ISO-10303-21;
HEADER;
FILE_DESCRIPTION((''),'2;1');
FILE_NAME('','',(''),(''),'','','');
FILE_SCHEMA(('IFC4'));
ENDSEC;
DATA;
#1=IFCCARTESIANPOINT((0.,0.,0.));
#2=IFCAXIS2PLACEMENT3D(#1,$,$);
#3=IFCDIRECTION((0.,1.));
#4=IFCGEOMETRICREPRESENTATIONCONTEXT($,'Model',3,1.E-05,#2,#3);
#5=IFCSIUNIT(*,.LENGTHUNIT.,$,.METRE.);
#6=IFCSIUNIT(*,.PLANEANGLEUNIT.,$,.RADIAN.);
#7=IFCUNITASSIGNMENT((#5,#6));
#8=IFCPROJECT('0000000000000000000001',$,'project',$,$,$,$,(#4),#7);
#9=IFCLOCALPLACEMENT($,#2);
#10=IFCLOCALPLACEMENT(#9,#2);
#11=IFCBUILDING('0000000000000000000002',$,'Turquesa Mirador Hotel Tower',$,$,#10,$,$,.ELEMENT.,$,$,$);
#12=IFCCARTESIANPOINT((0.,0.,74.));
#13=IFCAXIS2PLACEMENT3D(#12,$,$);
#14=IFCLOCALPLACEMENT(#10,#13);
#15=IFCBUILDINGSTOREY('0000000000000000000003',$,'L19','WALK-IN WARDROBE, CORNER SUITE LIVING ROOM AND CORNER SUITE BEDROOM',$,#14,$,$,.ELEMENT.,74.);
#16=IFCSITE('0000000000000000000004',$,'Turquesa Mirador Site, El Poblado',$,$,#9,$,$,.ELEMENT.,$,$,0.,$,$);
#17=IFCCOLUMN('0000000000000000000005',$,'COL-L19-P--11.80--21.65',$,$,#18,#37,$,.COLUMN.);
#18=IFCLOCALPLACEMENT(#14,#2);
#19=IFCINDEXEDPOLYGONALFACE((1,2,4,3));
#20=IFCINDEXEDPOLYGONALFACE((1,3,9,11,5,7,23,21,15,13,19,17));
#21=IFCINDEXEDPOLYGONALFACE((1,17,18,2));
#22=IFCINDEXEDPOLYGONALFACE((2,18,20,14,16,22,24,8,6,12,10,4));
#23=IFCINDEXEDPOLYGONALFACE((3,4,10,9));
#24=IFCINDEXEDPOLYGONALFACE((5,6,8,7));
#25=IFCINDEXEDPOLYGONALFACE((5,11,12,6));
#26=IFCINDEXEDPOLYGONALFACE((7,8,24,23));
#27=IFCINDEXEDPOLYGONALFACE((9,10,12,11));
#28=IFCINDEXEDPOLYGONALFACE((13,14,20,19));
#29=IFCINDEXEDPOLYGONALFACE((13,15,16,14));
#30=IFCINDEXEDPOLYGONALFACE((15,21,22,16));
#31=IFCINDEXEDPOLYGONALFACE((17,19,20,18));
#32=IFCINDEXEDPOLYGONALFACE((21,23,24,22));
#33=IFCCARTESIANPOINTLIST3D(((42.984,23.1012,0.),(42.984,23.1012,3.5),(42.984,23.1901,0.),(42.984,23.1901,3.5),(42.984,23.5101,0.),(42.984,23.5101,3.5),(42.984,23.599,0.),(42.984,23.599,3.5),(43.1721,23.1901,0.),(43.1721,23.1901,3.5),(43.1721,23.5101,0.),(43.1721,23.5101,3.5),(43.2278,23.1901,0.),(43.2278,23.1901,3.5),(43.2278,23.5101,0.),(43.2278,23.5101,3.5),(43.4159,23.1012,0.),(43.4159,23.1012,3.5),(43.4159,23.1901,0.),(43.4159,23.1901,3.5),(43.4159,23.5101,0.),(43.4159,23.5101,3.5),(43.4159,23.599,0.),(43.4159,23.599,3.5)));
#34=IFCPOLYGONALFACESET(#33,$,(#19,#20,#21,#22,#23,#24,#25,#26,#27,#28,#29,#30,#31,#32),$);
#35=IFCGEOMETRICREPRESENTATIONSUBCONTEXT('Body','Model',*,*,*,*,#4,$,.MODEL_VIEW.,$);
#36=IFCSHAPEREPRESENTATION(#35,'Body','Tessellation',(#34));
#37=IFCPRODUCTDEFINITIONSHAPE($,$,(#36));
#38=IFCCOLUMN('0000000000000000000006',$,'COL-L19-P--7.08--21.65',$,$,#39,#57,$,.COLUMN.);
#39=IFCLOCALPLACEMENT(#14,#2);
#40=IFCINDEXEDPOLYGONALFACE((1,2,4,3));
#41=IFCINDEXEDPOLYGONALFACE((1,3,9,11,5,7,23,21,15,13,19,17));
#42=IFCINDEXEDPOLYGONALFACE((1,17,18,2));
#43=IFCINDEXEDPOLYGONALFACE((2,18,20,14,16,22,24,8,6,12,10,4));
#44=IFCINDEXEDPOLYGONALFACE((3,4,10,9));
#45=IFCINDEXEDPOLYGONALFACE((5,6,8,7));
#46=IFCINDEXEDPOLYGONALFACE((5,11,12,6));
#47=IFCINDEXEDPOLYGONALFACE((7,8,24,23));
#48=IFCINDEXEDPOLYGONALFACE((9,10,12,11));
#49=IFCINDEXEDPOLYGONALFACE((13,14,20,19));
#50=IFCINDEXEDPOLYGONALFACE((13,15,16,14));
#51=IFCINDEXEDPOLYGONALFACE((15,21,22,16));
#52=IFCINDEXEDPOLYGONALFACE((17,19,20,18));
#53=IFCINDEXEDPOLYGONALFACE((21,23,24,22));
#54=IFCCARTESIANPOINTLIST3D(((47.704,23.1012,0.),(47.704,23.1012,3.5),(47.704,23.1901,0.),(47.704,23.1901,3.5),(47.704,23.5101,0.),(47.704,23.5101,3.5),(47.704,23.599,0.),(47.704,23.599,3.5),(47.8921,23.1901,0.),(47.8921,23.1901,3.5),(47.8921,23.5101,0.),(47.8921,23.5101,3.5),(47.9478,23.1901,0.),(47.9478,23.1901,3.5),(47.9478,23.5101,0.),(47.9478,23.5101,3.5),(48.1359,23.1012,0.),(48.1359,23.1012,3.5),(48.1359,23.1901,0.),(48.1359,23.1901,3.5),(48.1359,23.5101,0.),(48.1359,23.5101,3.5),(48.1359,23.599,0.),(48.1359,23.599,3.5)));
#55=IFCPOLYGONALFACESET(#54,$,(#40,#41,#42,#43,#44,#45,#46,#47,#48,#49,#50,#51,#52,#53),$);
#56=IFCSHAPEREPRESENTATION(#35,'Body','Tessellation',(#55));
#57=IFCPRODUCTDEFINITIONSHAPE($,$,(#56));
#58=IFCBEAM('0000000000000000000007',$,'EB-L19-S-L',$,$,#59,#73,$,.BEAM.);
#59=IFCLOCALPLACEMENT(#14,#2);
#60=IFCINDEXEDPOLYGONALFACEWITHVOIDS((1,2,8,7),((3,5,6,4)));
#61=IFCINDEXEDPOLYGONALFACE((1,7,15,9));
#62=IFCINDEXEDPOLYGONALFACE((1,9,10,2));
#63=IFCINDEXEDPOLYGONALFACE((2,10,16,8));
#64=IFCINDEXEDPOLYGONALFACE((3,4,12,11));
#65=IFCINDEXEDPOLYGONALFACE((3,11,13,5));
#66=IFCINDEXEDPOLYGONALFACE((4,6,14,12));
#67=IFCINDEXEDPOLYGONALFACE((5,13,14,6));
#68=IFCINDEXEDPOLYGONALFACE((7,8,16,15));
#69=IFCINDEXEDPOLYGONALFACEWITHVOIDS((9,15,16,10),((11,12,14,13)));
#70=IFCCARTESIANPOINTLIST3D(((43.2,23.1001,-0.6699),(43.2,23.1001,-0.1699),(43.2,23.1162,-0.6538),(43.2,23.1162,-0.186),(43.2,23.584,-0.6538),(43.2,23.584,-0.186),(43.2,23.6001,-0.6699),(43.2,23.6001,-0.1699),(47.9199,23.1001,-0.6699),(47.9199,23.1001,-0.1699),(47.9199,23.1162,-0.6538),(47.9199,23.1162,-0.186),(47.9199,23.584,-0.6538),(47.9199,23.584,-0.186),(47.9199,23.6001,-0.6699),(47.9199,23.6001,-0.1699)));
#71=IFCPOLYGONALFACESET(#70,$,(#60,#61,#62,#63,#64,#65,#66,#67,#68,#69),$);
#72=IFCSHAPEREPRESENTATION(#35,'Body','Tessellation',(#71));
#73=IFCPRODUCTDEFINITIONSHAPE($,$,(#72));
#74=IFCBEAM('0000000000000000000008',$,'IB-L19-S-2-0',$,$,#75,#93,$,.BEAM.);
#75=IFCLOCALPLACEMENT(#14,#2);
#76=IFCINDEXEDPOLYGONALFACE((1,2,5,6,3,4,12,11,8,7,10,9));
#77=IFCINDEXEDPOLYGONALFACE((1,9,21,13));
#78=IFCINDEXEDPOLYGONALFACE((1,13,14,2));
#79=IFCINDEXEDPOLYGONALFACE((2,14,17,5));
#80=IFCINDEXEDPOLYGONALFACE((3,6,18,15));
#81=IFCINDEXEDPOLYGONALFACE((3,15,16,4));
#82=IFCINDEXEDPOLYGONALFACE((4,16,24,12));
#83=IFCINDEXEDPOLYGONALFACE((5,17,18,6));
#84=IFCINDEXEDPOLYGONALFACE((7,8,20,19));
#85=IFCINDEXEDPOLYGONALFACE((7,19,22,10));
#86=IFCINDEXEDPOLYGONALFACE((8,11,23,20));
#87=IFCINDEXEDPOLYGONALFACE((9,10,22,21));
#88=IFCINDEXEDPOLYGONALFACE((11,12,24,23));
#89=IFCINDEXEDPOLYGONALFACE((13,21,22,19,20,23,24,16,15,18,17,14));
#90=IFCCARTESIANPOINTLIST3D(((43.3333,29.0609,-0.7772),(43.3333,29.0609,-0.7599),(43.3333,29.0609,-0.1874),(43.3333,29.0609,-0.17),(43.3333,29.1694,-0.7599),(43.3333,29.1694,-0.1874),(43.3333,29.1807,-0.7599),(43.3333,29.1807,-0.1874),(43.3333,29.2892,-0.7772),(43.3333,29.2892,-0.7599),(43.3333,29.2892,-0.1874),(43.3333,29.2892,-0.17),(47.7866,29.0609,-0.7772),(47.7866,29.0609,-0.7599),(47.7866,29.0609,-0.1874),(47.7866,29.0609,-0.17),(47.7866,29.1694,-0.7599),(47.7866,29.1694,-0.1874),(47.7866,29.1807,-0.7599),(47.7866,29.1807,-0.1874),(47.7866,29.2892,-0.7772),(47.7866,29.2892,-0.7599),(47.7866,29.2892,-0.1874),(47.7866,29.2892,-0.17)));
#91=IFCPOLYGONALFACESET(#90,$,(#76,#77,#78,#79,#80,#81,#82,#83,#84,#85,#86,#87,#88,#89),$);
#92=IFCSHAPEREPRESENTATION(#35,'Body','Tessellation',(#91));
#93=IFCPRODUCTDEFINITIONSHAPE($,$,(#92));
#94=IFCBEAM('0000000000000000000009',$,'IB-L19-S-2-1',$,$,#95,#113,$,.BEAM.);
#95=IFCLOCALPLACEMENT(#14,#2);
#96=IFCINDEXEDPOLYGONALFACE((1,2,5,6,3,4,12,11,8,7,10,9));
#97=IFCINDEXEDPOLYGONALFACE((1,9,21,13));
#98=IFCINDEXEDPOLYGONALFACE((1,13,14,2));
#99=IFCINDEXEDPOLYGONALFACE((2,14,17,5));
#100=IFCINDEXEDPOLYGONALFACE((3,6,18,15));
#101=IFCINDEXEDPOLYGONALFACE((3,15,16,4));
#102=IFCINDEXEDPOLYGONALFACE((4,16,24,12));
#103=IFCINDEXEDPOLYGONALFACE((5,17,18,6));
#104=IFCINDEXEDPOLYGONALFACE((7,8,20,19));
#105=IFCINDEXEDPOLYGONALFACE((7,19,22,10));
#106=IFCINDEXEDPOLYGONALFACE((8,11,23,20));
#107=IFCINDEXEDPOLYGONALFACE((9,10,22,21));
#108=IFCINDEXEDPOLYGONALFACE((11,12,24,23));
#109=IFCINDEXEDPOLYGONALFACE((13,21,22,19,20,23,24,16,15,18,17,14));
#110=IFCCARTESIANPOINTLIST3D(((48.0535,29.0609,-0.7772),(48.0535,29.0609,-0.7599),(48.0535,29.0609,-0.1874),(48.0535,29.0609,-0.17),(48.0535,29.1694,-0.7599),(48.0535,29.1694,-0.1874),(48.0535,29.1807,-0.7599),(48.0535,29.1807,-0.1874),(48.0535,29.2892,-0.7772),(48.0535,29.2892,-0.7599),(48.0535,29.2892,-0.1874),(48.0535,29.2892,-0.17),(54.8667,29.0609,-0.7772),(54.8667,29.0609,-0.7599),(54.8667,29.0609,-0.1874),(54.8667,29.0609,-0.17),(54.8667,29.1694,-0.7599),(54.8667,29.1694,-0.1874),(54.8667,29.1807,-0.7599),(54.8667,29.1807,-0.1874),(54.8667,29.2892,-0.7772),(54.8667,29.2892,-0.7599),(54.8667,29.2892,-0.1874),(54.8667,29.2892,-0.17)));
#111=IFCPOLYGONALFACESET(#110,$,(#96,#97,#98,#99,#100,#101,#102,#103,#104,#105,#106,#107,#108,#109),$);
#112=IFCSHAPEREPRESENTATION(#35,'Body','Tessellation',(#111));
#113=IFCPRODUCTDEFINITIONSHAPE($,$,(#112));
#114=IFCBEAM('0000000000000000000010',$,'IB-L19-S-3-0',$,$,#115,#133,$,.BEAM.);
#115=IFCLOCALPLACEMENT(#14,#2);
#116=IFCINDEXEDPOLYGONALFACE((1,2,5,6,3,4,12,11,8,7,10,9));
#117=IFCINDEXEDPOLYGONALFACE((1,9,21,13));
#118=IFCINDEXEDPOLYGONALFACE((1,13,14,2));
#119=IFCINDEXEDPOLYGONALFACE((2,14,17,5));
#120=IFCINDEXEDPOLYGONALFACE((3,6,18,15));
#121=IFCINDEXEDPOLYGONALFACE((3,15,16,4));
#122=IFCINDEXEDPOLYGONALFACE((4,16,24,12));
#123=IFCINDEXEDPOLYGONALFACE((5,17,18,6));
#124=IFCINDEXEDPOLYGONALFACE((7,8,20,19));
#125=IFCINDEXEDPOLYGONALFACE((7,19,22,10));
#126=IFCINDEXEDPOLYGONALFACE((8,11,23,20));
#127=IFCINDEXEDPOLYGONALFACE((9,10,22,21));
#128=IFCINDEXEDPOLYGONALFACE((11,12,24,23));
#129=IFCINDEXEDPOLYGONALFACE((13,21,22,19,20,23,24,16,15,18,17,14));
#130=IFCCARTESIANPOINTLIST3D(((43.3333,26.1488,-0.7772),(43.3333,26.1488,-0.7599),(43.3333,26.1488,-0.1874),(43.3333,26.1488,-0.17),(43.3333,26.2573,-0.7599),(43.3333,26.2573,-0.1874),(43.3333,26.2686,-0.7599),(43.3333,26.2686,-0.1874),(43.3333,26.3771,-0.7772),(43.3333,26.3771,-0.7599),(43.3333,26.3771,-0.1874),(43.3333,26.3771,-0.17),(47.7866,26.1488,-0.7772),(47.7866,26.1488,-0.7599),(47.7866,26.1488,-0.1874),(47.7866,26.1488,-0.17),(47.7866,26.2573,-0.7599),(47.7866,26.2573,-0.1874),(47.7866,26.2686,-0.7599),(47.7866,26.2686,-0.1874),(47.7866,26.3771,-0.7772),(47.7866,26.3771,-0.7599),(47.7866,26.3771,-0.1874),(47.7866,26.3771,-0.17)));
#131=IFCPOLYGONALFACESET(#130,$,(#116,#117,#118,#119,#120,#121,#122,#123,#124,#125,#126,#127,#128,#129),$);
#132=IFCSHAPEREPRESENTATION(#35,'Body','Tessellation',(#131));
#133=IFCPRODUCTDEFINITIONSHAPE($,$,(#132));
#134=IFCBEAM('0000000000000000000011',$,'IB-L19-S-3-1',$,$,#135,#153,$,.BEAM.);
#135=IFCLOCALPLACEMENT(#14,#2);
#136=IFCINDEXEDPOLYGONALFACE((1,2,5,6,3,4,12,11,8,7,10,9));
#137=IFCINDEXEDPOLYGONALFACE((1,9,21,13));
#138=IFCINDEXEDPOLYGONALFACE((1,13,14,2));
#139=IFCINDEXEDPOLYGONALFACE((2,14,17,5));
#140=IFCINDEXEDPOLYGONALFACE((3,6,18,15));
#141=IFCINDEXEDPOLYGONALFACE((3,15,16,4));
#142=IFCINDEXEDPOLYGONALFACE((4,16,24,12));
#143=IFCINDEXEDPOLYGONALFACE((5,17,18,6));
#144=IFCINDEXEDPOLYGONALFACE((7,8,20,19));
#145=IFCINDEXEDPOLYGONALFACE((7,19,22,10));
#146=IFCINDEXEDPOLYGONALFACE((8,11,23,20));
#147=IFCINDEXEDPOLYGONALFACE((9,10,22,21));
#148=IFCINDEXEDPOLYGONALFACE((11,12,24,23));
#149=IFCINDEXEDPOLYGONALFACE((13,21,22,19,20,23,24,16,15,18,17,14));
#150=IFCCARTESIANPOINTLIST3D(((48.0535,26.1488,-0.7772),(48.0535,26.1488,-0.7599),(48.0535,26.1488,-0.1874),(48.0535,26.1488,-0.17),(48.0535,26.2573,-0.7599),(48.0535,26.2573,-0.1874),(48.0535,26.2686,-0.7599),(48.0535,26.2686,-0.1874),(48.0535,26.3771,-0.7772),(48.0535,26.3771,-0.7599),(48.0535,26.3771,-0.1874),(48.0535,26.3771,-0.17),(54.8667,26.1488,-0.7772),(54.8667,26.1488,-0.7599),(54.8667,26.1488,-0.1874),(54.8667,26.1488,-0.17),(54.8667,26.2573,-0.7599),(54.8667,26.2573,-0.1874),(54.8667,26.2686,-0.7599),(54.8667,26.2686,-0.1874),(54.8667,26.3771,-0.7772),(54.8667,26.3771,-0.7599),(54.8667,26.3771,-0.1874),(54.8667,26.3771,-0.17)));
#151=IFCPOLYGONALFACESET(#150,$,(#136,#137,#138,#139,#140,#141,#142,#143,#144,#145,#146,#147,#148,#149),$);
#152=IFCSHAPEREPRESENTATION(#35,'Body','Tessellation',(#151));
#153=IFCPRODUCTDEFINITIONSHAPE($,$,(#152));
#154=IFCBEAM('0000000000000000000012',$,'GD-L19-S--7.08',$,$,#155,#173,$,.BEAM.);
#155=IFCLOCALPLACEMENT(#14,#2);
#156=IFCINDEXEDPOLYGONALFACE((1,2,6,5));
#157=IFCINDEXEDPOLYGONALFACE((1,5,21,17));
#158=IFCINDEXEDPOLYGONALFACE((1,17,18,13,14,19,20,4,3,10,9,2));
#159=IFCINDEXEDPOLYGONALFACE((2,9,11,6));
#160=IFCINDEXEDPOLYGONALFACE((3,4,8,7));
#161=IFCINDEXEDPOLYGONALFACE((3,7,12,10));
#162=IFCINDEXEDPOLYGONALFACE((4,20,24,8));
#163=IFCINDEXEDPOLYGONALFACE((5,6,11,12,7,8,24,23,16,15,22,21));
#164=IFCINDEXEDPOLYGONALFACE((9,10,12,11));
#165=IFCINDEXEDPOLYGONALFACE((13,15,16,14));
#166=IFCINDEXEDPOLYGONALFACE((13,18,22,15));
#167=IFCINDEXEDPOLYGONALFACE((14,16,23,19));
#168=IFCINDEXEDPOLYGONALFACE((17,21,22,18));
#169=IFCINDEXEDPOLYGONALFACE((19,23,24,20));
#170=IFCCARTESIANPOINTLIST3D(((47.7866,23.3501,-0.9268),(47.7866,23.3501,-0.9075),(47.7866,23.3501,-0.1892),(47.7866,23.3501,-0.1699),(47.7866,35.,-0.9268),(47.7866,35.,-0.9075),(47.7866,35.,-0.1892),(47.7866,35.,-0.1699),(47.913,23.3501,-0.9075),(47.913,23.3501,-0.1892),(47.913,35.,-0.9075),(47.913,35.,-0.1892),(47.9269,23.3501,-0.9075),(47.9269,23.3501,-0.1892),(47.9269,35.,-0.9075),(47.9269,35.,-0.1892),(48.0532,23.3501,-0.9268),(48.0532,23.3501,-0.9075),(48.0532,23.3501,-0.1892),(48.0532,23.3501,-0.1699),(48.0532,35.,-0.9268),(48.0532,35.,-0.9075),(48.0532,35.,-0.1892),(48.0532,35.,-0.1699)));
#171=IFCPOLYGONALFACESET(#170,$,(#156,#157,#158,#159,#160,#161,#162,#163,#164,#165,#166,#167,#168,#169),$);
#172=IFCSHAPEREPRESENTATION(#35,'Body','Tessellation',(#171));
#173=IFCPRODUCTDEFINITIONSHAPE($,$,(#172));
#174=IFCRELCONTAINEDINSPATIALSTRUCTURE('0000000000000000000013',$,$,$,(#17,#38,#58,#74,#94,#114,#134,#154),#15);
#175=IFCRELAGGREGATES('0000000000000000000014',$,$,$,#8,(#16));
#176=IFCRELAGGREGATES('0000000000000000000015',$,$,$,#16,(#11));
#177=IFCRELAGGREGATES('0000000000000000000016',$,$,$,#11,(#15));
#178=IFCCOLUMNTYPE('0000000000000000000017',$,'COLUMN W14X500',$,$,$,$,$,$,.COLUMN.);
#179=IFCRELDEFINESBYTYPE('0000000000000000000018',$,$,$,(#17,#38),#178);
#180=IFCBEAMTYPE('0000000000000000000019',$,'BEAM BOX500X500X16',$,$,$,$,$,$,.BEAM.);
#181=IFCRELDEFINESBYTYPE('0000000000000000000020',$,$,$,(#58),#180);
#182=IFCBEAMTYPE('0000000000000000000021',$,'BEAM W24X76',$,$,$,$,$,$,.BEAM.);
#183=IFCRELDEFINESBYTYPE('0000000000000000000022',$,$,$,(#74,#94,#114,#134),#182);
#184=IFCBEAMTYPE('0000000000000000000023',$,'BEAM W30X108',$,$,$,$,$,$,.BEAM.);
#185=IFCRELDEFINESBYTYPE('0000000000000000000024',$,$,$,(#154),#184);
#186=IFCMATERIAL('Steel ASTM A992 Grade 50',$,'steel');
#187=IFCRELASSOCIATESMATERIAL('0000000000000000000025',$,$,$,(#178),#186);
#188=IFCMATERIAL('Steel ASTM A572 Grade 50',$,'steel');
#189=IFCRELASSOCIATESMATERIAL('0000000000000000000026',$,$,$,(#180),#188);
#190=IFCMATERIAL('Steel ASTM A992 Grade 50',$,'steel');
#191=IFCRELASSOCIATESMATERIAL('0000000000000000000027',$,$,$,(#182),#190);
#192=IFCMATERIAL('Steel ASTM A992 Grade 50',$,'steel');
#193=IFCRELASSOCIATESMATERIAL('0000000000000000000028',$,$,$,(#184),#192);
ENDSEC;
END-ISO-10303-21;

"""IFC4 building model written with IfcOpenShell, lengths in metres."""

from ifc_helpers import new_model, si_unit, direction, frame, origin, origin_2d, place, context, subcontext, project, spatial, hollow_rectangle, i_section, extrude, material, material_profile, profile_set, type_object, element, save


model = new_model("IFC4")

# Units and contexts
model_context = context("Model", 3, precision=1e-05, world=origin(), true_north=direction((0.0, 1.0)))
body_context = subcontext(model_context, "Body", "Model", "MODEL_VIEW")
ifc_project = project(units=[si_unit("LENGTHUNIT", "METRE"), si_unit("PLANEANGLEUNIT", "RADIAN")], contexts=[model_context])

# Site, building, storey
site_placement = place(None, origin())
site = spatial("IfcSite", under=ifc_project, at=site_placement, Name="Turquesa Mirador Site, El Poblado", CompositionType="ELEMENT", RefElevation=0.0)
building_placement = place(site_placement, origin())
building = spatial("IfcBuilding", under=site, at=building_placement, Name="Turquesa Mirador Hotel Tower", CompositionType="ELEMENT")
storey_placement = place(building_placement, frame((0.0, 0.0, 74.0)))
storey = spatial("IfcBuildingStorey", under=building, at=storey_placement, Name="L19", Description="WALK-IN WARDROBE, CORNER SUITE LIVING ROOM AND CORNER SUITE BEDROOM", CompositionType="ELEMENT", Elevation=74.0)

# Columns
ifc_material_1 = material(Name="Steel ASTM A992 Grade 50", Category="steel")
ifc_material_profile_1 = material_profile(ifc_material_1, i_section(OverallWidth=0.4319, OverallDepth=0.4978, WebThickness=0.0557, FlangeThickness=0.0889, at=origin_2d()), Name="W14X500")
ifc_profile_set_1 = profile_set([ifc_material_profile_1], Name="Steel ASTM A992 Grade 50")
column_type = type_object("IfcColumnType", Name="COLUMN W14X500", PredefinedType="COLUMN", material=ifc_profile_set_1)
for number, where, z_axis, x_axis, name in (
    (1, (43.2, 23.3501, 0.0), (0.0, 0.0, 1.0), (1.0, 0.0, 0.0), "COL-L19-P--11.80--21.65"),
    (2, (47.9199, 23.3501, 0.0), (0.0, 0.0, 1.0), (1.0, 0.0, 0.0), "COL-L19-P--7.08--21.65"),
):
    element("IfcColumn", number, at=place(storey_placement, frame(where, z_axis=z_axis, x_axis=x_axis)), inside=storey, type_object=column_type, Name=name, PredefinedType="COLUMN", context=body_context, shape_type="SweptSolid", body=[
        extrude(i_section(OverallWidth=0.4319, OverallDepth=0.4978, WebThickness=0.0557, FlangeThickness=0.0889, at=origin_2d()), origin(), (0.0, 0.0, 1.0), 3.5),
    ])

# Beams
ifc_material_2 = material(Name="Steel ASTM A572 Grade 50", Category="steel")
ifc_material_profile_2 = material_profile(ifc_material_2, hollow_rectangle(XDim=0.5, YDim=0.5, WallThickness=0.0161, at=origin_2d()), Name="BOX500X500X16")
ifc_profile_set_2 = profile_set([ifc_material_profile_2], Name="Steel ASTM A572 Grade 50")
beam_type_1 = type_object("IfcBeamType", Name="BEAM BOX500X500X16", PredefinedType="BEAM", material=ifc_profile_set_2)
beam_1_placement = place(storey_placement, frame((43.2, 23.3501, -0.4199), z_axis=(1.0, 0.0, 0.0), x_axis=(0.0, 1.0, 0.0)))
element("IfcBeam", 3, at=beam_1_placement, inside=storey, type_object=beam_type_1, Name="EB-L19-S-L", PredefinedType="BEAM", context=body_context, shape_type="SweptSolid", body=[
    extrude(hollow_rectangle(XDim=0.5, YDim=0.5, WallThickness=0.0161, at=origin_2d()), origin(), (0.0, 0.0, 1.0), 4.72),
])
ifc_material_3 = material(Name="Steel ASTM A992 Grade 50", Category="steel")
ifc_material_profile_3 = material_profile(ifc_material_3, i_section(OverallWidth=0.2283, OverallDepth=0.6072, WebThickness=0.0112, FlangeThickness=0.0173, at=origin_2d()), Name="W24X76")
ifc_profile_set_3 = profile_set([ifc_material_profile_3], Name="Steel ASTM A992 Grade 50")
beam_type_2 = type_object("IfcBeamType", Name="BEAM W24X76", PredefinedType="BEAM", material=ifc_profile_set_3)
beam_2_placement = place(storey_placement, frame((43.3333, 29.175, -0.4736), z_axis=(1.0, 0.0, 0.0), x_axis=(0.0, 1.0, 0.0)))
element("IfcBeam", 4, at=beam_2_placement, inside=storey, type_object=beam_type_2, Name="IB-L19-S-2-0", PredefinedType="BEAM", context=body_context, shape_type="SweptSolid", body=[
    extrude(i_section(OverallWidth=0.2283, OverallDepth=0.6072, WebThickness=0.0112, FlangeThickness=0.0173, at=origin_2d()), origin(), (0.0, 0.0, 1.0), 4.4534),
])
beam_3_placement = place(storey_placement, frame((48.0535, 29.175, -0.4736), z_axis=(1.0, 0.0, 0.0), x_axis=(0.0, 1.0, 0.0)))
element("IfcBeam", 5, at=beam_3_placement, inside=storey, type_object=beam_type_2, Name="IB-L19-S-2-1", PredefinedType="BEAM", context=body_context, shape_type="SweptSolid", body=[
    extrude(i_section(OverallWidth=0.2283, OverallDepth=0.6072, WebThickness=0.0112, FlangeThickness=0.0173, at=origin_2d()), origin(), (0.0, 0.0, 1.0), 6.8132),
])
beam_4_placement = place(storey_placement, frame((43.3333, 26.2629, -0.4736), z_axis=(1.0, 0.0, 0.0), x_axis=(0.0, 1.0, 0.0)))
element("IfcBeam", 6, at=beam_4_placement, inside=storey, type_object=beam_type_2, Name="IB-L19-S-3-0", PredefinedType="BEAM", context=body_context, shape_type="SweptSolid", body=[
    extrude(i_section(OverallWidth=0.2283, OverallDepth=0.6072, WebThickness=0.0112, FlangeThickness=0.0173, at=origin_2d()), origin(), (0.0, 0.0, 1.0), 4.4534),
])
beam_5_placement = place(storey_placement, frame((48.0535, 26.2629, -0.4736), z_axis=(1.0, 0.0, 0.0), x_axis=(0.0, 1.0, 0.0)))
element("IfcBeam", 7, at=beam_5_placement, inside=storey, type_object=beam_type_2, Name="IB-L19-S-3-1", PredefinedType="BEAM", context=body_context, shape_type="SweptSolid", body=[
    extrude(i_section(OverallWidth=0.2283, OverallDepth=0.6072, WebThickness=0.0112, FlangeThickness=0.0173, at=origin_2d()), origin(), (0.0, 0.0, 1.0), 6.8132),
])
ifc_material_4 = material(Name="Steel ASTM A992 Grade 50", Category="steel")
ifc_material_profile_4 = material_profile(ifc_material_4, i_section(OverallWidth=0.2666, OverallDepth=0.7568, WebThickness=0.0139, FlangeThickness=0.0193, at=origin_2d()), Name="W30X108")
ifc_profile_set_4 = profile_set([ifc_material_profile_4], Name="Steel ASTM A992 Grade 50")
beam_type_3 = type_object("IfcBeamType", Name="BEAM W30X108", PredefinedType="BEAM", material=ifc_profile_set_4)
beam_6_placement = place(storey_placement, frame((47.9199, 23.3501, -0.5483), z_axis=(0.0, 1.0, 0.0), x_axis=(-1.0, 0.0, 0.0)))
element("IfcBeam", 8, at=beam_6_placement, inside=storey, type_object=beam_type_3, Name="GD-L19-S--7.08", PredefinedType="BEAM", context=body_context, shape_type="SweptSolid", body=[
    extrude(i_section(OverallWidth=0.2666, OverallDepth=0.7568, WebThickness=0.0139, FlangeThickness=0.0193, at=origin_2d()), origin(), (0.0, 0.0, 1.0), 11.6499),
])

save(model, "model.ifc")
